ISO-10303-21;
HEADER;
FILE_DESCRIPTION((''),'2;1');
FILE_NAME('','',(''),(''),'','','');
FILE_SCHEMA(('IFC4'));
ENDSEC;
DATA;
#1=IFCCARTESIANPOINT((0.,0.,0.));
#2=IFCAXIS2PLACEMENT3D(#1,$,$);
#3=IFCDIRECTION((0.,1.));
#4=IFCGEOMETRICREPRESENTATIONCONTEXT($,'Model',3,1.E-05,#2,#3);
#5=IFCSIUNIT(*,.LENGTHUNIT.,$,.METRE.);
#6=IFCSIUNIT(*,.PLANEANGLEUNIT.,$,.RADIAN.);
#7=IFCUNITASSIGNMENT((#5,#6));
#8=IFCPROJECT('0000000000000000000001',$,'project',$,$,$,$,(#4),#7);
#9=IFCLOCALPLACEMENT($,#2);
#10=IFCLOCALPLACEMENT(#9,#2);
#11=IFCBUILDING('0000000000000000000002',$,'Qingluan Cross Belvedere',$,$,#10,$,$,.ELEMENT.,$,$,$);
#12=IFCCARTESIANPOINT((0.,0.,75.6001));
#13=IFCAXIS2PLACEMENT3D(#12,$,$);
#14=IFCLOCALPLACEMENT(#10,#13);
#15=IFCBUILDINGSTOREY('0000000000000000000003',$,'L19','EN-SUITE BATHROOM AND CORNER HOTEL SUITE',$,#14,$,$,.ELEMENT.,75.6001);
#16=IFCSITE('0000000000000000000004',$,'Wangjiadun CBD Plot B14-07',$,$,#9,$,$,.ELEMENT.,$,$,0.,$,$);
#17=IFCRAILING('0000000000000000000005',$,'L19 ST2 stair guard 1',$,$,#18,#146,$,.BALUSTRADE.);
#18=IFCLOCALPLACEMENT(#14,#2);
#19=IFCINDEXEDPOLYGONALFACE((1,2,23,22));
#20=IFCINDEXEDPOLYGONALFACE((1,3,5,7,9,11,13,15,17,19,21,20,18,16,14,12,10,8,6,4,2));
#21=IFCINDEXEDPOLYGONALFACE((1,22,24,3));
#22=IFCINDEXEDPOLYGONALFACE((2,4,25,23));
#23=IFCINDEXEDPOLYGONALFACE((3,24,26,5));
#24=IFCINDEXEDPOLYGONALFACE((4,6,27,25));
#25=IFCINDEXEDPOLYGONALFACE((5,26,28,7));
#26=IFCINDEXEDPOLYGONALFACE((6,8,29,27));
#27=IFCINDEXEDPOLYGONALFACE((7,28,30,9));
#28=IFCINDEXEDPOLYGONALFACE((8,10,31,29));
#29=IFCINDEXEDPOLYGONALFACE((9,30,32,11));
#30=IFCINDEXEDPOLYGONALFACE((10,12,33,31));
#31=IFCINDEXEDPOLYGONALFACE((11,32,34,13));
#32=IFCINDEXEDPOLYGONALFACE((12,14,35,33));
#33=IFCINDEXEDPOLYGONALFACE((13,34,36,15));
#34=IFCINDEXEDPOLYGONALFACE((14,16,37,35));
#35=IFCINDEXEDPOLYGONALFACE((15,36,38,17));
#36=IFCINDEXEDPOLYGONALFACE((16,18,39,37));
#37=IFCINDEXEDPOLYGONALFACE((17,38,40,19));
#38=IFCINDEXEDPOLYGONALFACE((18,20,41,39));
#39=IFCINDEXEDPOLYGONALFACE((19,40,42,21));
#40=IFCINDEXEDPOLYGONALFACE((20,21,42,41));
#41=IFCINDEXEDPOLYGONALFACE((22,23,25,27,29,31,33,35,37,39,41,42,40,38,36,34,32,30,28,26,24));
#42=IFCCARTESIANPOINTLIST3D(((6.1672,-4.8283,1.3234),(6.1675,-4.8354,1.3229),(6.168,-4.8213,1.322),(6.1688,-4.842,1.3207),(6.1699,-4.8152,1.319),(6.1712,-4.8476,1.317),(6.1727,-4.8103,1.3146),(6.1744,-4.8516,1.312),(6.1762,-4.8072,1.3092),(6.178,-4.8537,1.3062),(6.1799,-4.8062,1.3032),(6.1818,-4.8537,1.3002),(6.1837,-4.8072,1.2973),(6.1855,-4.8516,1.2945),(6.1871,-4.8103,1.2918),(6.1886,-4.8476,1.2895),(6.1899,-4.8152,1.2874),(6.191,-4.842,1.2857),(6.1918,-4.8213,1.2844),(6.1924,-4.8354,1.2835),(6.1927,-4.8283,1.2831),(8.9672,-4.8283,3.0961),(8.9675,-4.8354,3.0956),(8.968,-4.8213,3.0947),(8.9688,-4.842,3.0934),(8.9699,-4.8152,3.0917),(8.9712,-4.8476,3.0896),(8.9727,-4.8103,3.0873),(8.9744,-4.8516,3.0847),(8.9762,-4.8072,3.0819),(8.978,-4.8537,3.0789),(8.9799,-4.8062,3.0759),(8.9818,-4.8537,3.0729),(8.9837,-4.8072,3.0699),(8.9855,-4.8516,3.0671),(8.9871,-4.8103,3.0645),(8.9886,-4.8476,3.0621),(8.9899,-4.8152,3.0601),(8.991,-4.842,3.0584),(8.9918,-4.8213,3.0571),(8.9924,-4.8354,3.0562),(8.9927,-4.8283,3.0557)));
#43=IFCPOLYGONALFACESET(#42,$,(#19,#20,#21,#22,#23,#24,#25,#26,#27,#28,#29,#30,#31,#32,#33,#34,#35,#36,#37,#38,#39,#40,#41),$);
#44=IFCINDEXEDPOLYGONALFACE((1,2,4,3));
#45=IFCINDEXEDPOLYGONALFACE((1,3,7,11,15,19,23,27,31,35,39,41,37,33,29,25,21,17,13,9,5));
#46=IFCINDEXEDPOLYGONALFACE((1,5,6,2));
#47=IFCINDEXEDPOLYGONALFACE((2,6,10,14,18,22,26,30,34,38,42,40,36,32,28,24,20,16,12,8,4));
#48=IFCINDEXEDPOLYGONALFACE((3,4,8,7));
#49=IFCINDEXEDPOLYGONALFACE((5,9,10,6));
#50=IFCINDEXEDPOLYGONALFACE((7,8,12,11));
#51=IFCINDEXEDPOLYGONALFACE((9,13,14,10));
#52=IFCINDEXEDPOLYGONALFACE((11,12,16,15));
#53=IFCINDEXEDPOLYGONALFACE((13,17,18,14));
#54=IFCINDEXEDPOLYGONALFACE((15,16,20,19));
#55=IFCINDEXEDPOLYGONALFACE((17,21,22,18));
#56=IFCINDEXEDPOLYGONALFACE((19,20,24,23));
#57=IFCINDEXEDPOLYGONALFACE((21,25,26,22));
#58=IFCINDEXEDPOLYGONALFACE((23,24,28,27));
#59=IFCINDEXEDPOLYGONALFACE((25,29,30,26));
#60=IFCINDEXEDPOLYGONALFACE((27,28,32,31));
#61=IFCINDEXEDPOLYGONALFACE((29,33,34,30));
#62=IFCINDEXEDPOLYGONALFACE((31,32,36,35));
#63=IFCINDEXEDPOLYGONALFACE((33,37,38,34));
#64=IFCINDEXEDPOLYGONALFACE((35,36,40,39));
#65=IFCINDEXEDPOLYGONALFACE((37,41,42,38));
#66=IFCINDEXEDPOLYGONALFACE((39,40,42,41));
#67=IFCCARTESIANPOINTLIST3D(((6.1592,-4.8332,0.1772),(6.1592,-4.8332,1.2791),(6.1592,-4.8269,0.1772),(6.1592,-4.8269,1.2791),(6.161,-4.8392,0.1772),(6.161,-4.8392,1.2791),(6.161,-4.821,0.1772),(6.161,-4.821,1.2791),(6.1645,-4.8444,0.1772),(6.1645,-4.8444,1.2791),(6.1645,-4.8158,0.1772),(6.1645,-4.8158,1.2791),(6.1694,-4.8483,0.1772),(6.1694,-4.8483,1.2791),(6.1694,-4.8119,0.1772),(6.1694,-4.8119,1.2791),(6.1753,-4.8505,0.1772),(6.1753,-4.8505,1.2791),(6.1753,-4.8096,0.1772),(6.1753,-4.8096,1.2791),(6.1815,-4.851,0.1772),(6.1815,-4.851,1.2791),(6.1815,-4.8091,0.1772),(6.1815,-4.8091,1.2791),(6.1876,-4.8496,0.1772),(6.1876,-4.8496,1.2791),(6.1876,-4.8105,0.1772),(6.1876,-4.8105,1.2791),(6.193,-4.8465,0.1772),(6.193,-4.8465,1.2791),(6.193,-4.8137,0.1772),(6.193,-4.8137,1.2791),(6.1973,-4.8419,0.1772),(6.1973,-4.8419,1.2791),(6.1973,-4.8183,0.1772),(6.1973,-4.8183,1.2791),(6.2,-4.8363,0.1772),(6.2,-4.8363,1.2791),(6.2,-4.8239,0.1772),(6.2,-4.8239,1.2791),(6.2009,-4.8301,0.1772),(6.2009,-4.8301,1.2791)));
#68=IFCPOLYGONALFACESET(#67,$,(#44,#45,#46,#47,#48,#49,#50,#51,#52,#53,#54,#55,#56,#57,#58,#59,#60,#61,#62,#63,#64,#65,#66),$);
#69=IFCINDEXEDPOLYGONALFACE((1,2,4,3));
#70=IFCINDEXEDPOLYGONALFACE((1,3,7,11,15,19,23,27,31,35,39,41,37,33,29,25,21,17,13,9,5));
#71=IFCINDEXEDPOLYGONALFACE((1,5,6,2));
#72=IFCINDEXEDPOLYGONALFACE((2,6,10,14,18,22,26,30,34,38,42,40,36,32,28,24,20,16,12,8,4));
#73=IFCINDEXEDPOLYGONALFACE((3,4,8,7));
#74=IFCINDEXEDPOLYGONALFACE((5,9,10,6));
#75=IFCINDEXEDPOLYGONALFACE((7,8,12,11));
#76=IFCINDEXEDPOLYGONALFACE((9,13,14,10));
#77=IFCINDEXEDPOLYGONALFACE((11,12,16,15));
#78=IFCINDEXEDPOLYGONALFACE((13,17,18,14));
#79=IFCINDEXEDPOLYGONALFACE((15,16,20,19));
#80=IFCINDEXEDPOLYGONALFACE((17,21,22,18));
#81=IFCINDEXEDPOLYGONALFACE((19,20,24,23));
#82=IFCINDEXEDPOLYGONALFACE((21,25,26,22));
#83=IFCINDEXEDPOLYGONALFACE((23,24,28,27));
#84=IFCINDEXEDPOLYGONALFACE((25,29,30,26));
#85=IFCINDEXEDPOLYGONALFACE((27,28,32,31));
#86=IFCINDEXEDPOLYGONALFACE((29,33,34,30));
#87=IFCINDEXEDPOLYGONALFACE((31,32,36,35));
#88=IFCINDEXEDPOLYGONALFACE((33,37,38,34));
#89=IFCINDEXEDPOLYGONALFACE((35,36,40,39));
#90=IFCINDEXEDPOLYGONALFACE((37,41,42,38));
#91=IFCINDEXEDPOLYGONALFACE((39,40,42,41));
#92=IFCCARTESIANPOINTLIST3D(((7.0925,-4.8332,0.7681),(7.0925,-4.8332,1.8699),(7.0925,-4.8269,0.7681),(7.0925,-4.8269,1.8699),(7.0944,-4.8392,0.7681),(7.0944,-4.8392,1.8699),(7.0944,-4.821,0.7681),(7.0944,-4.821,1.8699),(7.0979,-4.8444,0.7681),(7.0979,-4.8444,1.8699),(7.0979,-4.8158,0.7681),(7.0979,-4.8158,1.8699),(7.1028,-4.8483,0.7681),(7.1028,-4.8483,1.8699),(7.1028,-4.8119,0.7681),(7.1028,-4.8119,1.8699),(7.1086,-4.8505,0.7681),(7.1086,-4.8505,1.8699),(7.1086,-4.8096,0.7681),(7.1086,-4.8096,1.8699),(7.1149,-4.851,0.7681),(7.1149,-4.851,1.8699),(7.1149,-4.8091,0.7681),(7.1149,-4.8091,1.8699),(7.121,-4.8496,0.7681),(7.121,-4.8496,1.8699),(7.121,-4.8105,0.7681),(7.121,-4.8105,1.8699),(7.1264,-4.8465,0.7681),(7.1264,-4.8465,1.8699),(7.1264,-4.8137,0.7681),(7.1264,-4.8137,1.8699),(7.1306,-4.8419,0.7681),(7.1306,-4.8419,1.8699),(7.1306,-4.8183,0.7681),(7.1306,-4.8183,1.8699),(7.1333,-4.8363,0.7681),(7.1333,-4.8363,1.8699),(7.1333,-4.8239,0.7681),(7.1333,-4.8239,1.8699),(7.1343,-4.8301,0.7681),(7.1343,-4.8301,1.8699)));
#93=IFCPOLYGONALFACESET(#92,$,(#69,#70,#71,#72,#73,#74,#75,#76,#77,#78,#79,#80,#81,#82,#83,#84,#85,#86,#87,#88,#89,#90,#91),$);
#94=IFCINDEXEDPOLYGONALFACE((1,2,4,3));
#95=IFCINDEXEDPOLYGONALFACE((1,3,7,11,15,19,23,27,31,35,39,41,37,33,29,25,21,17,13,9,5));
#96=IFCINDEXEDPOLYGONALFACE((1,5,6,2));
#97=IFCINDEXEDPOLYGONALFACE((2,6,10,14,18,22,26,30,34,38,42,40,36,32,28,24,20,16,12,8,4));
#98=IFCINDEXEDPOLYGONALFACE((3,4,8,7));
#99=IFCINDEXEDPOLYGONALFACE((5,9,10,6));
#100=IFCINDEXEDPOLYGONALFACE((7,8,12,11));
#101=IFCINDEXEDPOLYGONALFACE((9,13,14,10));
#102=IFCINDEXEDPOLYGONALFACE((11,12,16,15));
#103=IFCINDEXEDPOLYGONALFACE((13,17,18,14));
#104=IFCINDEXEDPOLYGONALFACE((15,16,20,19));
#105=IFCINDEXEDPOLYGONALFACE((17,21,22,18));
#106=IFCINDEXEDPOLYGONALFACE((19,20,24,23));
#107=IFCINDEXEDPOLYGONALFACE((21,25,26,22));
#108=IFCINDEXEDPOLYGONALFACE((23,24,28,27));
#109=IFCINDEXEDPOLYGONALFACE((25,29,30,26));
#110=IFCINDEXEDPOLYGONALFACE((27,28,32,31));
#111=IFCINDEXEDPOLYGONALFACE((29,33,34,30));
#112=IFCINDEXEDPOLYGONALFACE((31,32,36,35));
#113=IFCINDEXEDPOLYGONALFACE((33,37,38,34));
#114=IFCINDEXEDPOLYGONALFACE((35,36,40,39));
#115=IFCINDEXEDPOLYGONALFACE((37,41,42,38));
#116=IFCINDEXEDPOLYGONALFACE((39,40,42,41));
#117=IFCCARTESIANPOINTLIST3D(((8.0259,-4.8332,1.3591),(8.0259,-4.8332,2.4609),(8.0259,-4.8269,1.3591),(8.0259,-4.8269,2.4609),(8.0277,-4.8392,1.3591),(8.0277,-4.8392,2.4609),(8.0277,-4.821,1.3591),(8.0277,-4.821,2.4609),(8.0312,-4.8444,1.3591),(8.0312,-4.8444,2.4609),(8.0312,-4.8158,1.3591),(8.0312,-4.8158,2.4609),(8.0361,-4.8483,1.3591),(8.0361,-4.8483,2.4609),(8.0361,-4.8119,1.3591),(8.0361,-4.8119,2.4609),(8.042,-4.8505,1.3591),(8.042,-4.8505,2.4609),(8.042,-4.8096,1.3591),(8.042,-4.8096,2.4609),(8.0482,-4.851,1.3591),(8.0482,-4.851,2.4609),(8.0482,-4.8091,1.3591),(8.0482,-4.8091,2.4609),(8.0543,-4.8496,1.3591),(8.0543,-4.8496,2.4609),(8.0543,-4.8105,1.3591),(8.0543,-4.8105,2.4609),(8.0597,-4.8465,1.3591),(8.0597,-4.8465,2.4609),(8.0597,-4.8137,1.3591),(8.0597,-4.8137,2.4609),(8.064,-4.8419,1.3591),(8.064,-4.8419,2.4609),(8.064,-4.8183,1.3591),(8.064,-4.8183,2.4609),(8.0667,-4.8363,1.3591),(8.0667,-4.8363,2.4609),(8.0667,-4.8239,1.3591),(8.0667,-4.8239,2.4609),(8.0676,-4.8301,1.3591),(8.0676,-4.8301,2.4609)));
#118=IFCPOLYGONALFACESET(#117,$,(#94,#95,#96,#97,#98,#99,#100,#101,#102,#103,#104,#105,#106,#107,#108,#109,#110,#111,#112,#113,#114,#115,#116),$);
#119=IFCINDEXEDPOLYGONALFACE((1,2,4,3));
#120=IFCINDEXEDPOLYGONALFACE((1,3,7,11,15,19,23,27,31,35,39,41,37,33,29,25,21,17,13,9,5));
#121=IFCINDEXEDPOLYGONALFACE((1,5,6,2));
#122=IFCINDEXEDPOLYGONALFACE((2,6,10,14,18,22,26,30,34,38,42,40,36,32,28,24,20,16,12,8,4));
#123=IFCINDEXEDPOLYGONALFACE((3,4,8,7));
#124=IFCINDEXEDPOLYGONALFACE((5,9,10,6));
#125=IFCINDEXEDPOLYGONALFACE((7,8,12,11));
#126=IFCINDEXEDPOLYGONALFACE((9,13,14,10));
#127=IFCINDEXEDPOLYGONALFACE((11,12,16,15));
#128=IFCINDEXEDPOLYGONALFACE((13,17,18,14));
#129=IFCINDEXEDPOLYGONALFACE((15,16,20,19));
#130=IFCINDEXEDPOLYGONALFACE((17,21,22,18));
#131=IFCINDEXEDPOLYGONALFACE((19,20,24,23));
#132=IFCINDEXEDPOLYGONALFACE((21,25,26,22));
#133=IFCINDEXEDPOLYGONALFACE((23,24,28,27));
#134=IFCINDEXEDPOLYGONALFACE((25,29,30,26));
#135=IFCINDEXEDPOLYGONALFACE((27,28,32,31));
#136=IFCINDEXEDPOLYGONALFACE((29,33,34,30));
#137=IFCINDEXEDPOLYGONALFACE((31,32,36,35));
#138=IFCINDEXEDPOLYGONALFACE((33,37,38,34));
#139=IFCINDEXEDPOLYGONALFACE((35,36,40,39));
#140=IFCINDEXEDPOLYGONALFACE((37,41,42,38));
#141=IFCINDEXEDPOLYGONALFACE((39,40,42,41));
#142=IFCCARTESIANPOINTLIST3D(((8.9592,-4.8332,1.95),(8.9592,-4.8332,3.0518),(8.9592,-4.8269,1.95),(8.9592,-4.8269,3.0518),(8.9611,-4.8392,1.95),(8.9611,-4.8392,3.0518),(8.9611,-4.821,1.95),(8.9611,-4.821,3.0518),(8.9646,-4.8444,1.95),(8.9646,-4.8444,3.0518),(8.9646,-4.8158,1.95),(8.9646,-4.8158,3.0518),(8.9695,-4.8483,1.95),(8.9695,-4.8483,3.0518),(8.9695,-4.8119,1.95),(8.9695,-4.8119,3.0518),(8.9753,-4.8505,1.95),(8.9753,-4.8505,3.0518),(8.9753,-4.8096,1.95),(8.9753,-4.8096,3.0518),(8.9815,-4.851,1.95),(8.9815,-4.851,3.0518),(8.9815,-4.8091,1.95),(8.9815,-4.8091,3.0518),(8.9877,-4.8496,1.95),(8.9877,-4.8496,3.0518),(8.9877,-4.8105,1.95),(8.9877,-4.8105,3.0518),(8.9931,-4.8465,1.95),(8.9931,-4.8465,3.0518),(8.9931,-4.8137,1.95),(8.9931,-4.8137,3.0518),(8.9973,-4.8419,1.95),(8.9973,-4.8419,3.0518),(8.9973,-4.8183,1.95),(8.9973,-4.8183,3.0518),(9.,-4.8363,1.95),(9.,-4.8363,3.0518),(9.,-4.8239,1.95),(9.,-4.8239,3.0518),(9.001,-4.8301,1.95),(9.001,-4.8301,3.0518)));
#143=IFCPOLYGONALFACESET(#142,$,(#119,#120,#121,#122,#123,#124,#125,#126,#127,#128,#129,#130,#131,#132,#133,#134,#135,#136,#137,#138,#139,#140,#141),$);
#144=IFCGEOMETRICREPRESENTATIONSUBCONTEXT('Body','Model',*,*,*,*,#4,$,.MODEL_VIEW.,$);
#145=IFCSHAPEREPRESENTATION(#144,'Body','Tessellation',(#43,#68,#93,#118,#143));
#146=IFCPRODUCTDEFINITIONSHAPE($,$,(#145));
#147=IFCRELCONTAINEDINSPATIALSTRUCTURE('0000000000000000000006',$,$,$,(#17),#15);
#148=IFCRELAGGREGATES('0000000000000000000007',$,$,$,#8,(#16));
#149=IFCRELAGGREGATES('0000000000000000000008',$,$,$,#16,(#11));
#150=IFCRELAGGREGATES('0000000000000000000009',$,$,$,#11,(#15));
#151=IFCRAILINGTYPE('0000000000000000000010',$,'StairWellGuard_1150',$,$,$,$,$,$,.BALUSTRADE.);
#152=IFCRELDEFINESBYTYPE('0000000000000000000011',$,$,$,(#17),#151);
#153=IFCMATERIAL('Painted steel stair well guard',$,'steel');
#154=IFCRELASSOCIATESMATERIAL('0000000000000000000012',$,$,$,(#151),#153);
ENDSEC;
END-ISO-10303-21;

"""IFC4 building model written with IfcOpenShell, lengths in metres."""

from ifc_helpers import new_model, si_unit, direction, frame, origin, origin_2d, place, context, subcontext, project, spatial, circle, extrude, material, type_object, element, save


model = new_model("IFC4")

# Units and contexts
model_context = context("Model", 3, precision=1e-05, world=origin(), true_north=direction((0.0, 1.0)))
body_context = subcontext(model_context, "Body", "Model", "MODEL_VIEW")
ifc_project = project(units=[si_unit("LENGTHUNIT", "METRE"), si_unit("PLANEANGLEUNIT", "RADIAN")], contexts=[model_context])

# Site, building, storey
site_placement = place(None, origin())
site = spatial("IfcSite", under=ifc_project, at=site_placement, Name="Wangjiadun CBD Plot B14-07", CompositionType="ELEMENT", RefElevation=0.0)
building_placement = place(site_placement, origin())
building = spatial("IfcBuilding", under=site, at=building_placement, Name="Qingluan Cross Belvedere", CompositionType="ELEMENT")
storey_placement = place(building_placement, frame((0.0, 0.0, 75.6001)))
storey = spatial("IfcBuildingStorey", under=building, at=storey_placement, Name="L19", Description="EN-SUITE BATHROOM AND CORNER HOTEL SUITE", CompositionType="ELEMENT", Elevation=75.6001)

# Railing
ifc_material_1 = material(Name="Painted steel stair well guard", Category="steel")
railing_type_1 = type_object("IfcRailingType", Name="StairWellGuard_1150", PredefinedType="BALUSTRADE", material=ifc_material_1)
railing_1_placement = place(storey_placement, frame((6.1799, -4.8301, 0.1772)))
element("IfcRailing", 1, at=railing_1_placement, inside=storey, type_object=railing_type_1, Name="L19 ST2 stair guard 1", PredefinedType="BALUSTRADE", context=body_context, shape_type="SweptSolid", body=[
    extrude(circle(Radius=0.0239, at=origin_2d()), frame((0.0, 0.0, 1.126), z_axis=(0.844909, 0.0, 0.53491), x_axis=(0.0, 1.0, 0.0)), (0.0, 0.0, 1.0), 3.314),
    extrude(circle(Radius=0.021, at=origin_2d()), origin(), (0.0, 0.0, 1.0), 1.1018),
    extrude(circle(Radius=0.021, at=origin_2d()), frame((0.9333, 0.0, 0.5908)), (0.0, 0.0, 1.0), 1.1018),
    extrude(circle(Radius=0.021, at=origin_2d()), frame((1.8667, 0.0, 1.1819)), (0.0, 0.0, 1.0), 1.1018),
    extrude(circle(Radius=0.021, at=origin_2d()), frame((2.8, 0.0, 1.7727)), (0.0, 0.0, 1.0), 1.1018),
])

save(model, "model.ifc")
